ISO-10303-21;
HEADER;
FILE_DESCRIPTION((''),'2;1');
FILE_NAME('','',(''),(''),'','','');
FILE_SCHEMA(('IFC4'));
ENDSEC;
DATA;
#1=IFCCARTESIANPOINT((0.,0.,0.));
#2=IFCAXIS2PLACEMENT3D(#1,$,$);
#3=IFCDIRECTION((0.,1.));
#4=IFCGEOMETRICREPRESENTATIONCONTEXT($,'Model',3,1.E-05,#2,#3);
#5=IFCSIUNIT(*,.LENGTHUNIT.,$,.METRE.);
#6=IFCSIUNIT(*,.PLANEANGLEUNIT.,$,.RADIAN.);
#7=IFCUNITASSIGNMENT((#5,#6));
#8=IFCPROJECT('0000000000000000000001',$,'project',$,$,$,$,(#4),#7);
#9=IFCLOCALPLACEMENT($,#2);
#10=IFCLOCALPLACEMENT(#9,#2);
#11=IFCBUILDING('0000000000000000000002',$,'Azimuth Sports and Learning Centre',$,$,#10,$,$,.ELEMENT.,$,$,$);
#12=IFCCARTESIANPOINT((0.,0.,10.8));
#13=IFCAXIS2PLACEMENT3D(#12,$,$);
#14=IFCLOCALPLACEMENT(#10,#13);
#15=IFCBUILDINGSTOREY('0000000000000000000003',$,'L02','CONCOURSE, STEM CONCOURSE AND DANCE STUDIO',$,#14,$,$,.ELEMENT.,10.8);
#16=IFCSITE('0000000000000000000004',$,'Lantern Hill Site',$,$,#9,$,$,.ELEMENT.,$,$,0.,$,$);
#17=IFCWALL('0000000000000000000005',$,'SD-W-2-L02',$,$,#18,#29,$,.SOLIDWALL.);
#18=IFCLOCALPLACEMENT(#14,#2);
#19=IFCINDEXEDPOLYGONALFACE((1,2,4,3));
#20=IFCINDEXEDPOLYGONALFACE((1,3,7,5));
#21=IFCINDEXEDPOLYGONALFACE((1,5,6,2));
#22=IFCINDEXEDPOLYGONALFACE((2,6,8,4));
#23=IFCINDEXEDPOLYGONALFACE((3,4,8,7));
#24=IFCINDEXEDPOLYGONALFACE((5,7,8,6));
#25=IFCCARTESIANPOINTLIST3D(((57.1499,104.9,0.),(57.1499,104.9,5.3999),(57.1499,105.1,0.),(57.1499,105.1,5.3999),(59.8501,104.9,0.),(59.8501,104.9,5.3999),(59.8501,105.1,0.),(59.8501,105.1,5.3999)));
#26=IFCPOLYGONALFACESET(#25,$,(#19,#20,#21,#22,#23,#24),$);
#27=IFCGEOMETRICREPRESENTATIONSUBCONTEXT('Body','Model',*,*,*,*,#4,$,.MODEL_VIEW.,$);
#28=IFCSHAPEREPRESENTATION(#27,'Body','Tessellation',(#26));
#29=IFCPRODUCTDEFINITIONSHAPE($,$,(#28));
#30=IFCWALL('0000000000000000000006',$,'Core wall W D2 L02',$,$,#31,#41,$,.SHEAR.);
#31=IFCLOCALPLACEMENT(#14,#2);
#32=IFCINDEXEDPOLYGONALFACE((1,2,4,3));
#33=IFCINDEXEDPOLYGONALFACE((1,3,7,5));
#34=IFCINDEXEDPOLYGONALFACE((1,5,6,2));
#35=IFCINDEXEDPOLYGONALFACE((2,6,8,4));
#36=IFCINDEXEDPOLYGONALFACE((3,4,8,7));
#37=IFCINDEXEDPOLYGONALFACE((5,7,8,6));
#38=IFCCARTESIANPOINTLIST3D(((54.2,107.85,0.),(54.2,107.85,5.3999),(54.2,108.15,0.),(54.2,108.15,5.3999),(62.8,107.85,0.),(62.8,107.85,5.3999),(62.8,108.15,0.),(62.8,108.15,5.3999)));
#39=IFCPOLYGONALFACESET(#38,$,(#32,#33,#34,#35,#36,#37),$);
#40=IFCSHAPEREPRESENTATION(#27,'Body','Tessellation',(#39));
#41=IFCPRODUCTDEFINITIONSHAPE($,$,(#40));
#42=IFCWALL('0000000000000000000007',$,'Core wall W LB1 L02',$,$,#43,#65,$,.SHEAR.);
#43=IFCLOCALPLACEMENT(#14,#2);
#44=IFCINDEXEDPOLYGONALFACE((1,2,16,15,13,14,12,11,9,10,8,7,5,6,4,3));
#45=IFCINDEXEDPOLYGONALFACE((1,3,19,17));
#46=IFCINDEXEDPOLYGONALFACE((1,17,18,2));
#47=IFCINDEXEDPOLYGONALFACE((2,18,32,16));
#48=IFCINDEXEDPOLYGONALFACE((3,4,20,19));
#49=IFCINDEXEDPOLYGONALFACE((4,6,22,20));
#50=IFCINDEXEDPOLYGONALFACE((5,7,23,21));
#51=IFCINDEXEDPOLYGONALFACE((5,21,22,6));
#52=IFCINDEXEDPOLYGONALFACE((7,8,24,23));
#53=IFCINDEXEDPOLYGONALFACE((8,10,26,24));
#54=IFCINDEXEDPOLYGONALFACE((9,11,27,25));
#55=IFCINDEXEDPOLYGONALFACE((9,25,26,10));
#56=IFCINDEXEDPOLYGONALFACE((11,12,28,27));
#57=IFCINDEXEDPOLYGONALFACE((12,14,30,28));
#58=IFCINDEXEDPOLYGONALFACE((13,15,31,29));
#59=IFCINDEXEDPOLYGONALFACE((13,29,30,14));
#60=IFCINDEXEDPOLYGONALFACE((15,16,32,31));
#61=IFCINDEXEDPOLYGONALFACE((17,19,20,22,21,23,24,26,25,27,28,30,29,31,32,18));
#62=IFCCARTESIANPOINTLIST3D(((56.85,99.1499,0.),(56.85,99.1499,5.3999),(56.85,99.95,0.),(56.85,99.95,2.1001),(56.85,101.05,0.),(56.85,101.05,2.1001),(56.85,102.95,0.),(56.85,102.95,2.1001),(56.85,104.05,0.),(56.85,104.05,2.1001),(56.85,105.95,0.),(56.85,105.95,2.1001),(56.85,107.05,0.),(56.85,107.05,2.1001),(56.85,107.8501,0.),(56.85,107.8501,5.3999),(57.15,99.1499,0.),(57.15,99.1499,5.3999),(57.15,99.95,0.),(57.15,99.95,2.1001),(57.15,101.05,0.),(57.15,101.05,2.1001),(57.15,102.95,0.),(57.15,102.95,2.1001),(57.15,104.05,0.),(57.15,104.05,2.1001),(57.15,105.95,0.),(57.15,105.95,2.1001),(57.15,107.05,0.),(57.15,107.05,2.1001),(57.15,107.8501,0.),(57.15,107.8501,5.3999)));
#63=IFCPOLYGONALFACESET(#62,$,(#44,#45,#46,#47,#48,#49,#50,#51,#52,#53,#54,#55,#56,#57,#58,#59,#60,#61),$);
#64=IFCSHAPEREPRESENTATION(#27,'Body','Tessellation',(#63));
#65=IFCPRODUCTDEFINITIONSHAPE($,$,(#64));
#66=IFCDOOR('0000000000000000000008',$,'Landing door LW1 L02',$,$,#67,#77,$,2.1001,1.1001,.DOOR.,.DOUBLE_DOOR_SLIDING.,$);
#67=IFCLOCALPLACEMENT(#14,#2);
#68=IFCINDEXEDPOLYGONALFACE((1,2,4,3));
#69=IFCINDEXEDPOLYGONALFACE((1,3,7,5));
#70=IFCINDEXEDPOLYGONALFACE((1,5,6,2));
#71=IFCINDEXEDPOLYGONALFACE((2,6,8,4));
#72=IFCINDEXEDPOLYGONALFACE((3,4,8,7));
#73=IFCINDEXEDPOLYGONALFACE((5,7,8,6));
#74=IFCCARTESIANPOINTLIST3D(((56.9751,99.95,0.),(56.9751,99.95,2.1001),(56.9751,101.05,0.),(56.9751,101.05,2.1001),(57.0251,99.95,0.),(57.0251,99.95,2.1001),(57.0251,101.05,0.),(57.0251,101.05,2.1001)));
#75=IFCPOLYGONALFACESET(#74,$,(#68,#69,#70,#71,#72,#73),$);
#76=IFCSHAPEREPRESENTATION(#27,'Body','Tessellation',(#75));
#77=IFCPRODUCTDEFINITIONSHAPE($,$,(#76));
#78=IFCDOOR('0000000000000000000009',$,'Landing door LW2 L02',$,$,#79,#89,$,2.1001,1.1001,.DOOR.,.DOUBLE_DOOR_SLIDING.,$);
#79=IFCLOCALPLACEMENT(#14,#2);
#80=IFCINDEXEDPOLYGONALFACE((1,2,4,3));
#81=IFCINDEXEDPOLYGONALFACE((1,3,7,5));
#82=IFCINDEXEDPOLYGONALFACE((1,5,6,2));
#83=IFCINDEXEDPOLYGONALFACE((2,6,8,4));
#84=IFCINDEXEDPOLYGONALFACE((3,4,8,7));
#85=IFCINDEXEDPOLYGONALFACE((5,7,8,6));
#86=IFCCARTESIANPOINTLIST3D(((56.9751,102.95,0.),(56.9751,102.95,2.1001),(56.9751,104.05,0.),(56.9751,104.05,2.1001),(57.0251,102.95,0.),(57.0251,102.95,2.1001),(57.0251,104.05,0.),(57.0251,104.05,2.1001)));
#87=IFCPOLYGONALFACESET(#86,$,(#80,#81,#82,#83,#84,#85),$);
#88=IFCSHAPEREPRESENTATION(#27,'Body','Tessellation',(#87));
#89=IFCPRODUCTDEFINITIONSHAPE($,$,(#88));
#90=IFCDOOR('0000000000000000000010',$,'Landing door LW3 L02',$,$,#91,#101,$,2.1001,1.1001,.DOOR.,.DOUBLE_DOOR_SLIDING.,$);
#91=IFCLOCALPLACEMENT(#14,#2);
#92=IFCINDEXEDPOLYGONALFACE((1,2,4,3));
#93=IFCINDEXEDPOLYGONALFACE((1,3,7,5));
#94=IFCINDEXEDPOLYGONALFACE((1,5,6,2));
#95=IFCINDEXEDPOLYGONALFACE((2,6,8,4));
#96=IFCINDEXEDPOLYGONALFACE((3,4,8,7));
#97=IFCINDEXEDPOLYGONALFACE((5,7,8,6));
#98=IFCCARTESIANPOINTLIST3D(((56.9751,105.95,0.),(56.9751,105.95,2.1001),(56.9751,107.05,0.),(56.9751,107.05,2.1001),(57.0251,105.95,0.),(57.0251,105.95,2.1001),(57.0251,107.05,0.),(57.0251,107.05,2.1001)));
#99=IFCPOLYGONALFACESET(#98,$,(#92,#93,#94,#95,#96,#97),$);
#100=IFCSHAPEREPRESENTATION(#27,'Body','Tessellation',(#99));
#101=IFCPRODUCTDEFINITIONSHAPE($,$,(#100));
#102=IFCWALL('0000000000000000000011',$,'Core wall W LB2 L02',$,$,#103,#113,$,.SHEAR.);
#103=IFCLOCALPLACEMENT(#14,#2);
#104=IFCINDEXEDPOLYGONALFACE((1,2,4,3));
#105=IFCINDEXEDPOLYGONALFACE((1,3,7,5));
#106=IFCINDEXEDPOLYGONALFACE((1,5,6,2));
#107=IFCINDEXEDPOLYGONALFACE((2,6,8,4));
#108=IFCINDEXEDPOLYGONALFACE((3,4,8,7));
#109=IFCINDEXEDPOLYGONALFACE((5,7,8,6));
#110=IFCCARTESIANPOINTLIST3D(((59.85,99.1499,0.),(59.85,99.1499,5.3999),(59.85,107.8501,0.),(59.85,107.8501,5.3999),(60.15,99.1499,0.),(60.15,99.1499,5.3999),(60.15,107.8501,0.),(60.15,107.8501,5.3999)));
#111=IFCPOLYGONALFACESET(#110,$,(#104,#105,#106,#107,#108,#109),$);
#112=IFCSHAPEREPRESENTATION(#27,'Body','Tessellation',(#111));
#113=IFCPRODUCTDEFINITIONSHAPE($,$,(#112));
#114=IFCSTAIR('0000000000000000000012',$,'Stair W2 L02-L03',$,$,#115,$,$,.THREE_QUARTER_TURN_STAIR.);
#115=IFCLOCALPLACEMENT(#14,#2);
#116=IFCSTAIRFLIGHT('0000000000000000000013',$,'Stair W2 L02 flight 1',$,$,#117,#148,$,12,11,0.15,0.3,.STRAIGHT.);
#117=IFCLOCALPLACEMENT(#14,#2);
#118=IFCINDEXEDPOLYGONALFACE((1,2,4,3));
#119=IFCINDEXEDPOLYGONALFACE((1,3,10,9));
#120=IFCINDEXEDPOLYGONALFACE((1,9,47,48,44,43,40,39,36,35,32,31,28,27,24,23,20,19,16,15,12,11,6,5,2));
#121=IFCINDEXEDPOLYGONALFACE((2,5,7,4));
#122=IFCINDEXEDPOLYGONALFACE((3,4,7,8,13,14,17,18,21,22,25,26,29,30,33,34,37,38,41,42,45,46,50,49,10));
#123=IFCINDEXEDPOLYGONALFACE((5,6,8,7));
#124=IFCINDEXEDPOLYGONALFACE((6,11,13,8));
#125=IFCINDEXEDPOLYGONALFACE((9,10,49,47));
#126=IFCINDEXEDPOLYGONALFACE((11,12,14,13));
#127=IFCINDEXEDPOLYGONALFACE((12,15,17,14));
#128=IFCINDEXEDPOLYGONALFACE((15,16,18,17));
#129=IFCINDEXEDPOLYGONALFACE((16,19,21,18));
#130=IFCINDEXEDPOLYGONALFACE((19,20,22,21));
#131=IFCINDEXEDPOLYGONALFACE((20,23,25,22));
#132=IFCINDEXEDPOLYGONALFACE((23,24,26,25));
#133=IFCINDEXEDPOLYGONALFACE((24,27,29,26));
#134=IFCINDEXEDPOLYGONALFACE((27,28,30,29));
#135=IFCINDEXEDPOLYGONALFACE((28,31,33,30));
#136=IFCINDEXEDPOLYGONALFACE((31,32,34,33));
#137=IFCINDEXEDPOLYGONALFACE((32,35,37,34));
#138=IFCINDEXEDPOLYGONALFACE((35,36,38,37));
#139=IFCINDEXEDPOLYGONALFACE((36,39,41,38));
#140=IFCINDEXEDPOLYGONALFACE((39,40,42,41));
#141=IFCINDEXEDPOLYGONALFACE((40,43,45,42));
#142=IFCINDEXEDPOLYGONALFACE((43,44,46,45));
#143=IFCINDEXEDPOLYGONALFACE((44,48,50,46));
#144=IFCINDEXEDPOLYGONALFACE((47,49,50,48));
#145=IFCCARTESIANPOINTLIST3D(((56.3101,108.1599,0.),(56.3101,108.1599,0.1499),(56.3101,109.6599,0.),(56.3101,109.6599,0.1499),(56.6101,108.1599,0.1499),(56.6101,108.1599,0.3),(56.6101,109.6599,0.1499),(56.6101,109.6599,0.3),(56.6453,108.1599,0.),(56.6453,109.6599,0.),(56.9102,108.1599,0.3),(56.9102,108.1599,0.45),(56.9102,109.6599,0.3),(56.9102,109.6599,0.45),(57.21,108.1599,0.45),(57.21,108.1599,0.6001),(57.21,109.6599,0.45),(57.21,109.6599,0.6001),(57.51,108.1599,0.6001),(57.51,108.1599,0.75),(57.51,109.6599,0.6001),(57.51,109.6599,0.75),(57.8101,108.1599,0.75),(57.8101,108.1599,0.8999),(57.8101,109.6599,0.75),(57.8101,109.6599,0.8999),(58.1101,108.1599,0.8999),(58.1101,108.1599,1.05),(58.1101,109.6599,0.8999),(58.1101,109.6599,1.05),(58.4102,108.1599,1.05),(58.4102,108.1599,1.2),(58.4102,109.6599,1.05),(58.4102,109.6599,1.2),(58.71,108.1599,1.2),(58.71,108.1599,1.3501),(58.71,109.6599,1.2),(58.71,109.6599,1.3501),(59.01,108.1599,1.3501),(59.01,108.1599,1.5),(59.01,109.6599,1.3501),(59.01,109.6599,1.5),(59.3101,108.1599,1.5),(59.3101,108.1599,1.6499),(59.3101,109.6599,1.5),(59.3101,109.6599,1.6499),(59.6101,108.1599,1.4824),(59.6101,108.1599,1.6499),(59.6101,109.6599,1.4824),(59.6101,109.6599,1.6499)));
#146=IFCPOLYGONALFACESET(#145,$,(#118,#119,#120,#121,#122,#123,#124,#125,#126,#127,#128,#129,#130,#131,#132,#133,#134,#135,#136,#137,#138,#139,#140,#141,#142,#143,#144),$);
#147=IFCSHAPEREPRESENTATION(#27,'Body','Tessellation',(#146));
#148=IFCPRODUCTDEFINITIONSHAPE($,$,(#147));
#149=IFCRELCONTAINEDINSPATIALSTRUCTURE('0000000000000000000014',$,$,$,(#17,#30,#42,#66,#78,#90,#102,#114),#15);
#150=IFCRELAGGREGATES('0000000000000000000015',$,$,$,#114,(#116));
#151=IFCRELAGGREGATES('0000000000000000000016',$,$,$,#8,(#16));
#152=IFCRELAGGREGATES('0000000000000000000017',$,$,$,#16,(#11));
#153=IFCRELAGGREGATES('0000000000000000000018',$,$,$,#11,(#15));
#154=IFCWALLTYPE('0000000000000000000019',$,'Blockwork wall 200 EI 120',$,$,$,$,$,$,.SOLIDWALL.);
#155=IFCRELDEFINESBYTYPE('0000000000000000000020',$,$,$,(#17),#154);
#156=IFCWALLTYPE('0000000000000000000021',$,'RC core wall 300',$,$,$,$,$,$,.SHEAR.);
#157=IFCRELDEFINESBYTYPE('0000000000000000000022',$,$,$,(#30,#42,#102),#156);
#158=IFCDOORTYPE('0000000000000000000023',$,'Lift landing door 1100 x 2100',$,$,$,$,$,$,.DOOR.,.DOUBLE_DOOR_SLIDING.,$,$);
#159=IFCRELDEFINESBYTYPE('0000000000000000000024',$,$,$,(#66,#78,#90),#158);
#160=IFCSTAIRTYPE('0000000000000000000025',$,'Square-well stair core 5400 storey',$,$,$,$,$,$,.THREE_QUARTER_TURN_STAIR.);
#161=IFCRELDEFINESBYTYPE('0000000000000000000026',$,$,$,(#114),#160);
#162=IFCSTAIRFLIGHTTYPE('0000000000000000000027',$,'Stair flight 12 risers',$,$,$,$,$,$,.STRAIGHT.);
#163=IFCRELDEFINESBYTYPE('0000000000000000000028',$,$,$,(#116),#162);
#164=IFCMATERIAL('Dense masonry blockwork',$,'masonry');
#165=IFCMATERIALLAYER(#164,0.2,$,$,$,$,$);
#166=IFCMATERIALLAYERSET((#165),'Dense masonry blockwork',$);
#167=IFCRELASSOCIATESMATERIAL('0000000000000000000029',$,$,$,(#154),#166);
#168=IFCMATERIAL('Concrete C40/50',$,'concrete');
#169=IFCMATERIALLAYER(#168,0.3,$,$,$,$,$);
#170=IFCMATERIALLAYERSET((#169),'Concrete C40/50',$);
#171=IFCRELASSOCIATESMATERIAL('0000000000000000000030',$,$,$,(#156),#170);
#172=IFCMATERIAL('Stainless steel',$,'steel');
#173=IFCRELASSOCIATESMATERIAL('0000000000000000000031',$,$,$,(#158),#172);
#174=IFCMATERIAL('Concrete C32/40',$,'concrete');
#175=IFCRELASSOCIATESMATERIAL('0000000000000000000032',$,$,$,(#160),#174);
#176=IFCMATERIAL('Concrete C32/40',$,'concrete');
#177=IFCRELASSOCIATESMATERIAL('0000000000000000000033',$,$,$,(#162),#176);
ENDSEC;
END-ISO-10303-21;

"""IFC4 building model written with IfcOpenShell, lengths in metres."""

from ifc_helpers import new_model, si_unit, direction, frame, frame_2d, origin, place, context, subcontext, project, spatial, polyline, rectangle, outline, extrude, material, layer, layer_set, type_object, element, fill, aggregate, save


model = new_model("IFC4")

# Units and contexts
model_context = context("Model", 3, precision=1e-05, world=origin(), true_north=direction((0.0, 1.0)))
body_context = subcontext(model_context, "Body", "Model", "MODEL_VIEW")
ifc_project = project(units=[si_unit("LENGTHUNIT", "METRE"), si_unit("PLANEANGLEUNIT", "RADIAN")], contexts=[model_context])

# Site, building, storey
site_placement = place(None, origin())
site = spatial("IfcSite", under=ifc_project, at=site_placement, Name="Lantern Hill Site", CompositionType="ELEMENT", RefElevation=0.0)
building_placement = place(site_placement, origin())
building = spatial("IfcBuilding", under=site, at=building_placement, Name="Azimuth Sports and Learning Centre", CompositionType="ELEMENT")
storey_placement = place(building_placement, frame((0.0, 0.0, 10.8)))
storey = spatial("IfcBuildingStorey", under=building, at=storey_placement, Name="L02", Description="CONCOURSE, STEM CONCOURSE AND DANCE STUDIO", CompositionType="ELEMENT", Elevation=10.8)

# Walls
ifc_material_1 = material(Name="Dense masonry blockwork", Category="masonry")
ifc_layer_1 = layer(ifc_material_1, 0.2)
ifc_layer_set_1 = layer_set([ifc_layer_1], Name="Dense masonry blockwork")
wall_type_1 = type_object("IfcWallType", Name="Blockwork wall 200 EI 120", PredefinedType="SOLIDWALL", material=ifc_layer_set_1)
for number, where, z_axis, x_axis, name in (
    (1, (57.1499, 105.0, 0.0), (0.0, 0.0, 1.0), (1.0, 0.0, 0.0), "SD-W-2-L02"),
):
    element("IfcWall", number, at=place(storey_placement, frame(where, z_axis=z_axis, x_axis=x_axis)), inside=storey, type_object=wall_type_1, Name=name, PredefinedType="SOLIDWALL", context=body_context, shape_type="SweptSolid", body=[
        extrude(rectangle(XDim=2.7002, YDim=0.2, at=frame_2d((1.3501, 0.0))), origin(), (0.0, 0.0, 1.0), 5.3999),
    ])
ifc_material_2 = material(Name="Concrete C40/50", Category="concrete")
ifc_layer_2 = layer(ifc_material_2, 0.3)
ifc_layer_set_2 = layer_set([ifc_layer_2], Name="Concrete C40/50")
wall_type_2 = type_object("IfcWallType", Name="RC core wall 300", PredefinedType="SHEAR", material=ifc_layer_set_2)
wall_1_placement = place(storey_placement, frame((54.2, 108.0, 0.0), z_axis=(0.0, 0.0, 1.0), x_axis=(1.0, 0.0, 0.0)))
element("IfcWall", 2, at=wall_1_placement, inside=storey, type_object=wall_type_2, Name="Core wall W D2 L02", PredefinedType="SHEAR", context=body_context, shape_type="SweptSolid", body=[
    extrude(rectangle(XDim=8.6001, YDim=0.3, at=frame_2d((4.3, 0.0))), origin(), (0.0, 0.0, 1.0), 5.3999),
])

# Wall, openings, doors
wall_2_placement = place(storey_placement, frame((57.0, 99.1499, 0.0), z_axis=(0.0, 0.0, 1.0), x_axis=(0.0, 1.0, 0.0)))
wall_2 = element("IfcWall", 3, at=wall_2_placement, inside=storey, type_object=wall_type_2, Name="Core wall W LB1 L02", PredefinedType="SHEAR", context=body_context, shape_type="SweptSolid", body=[
    extrude(rectangle(XDim=8.7002, YDim=0.3, at=frame_2d((4.3501, 0.0))), origin(), (0.0, 0.0, 1.0), 5.3999),
])
opening_1_placement = place(wall_2_placement, frame((0.8, 0.0, 0.0)))
opening_1 = element("IfcOpeningElement", 4, at=opening_1_placement, cuts=wall_2, PredefinedType="OPENING", context=body_context, shape_type="SweptSolid", body=[
    extrude(rectangle(XDim=1.1001, YDim=2.1001, at=frame_2d((0.55, 1.05))), frame((0.0, 0.1611, 0.0), z_axis=(0.0, -1.0, 0.0), x_axis=(1.0, 0.0, 0.0)), (0.0, 0.0, 1.0), 0.322),
])
opening_2_placement = place(wall_2_placement, frame((3.8, 0.0, 0.0)))
opening_2 = element("IfcOpeningElement", 5, at=opening_2_placement, cuts=wall_2, PredefinedType="OPENING", context=body_context, shape_type="SweptSolid", body=[
    extrude(rectangle(XDim=1.1001, YDim=2.1001, at=frame_2d((0.55, 1.05))), frame((0.0, 0.1611, 0.0), z_axis=(0.0, -1.0, 0.0), x_axis=(1.0, 0.0, 0.0)), (0.0, 0.0, 1.0), 0.322),
])
opening_3_placement = place(wall_2_placement, frame((6.8, 0.0, 0.0)))
opening_3 = element("IfcOpeningElement", 6, at=opening_3_placement, cuts=wall_2, PredefinedType="OPENING", context=body_context, shape_type="SweptSolid", body=[
    extrude(rectangle(XDim=1.1001, YDim=2.1001, at=frame_2d((0.55, 1.05))), frame((0.0, 0.1611, 0.0), z_axis=(0.0, -1.0, 0.0), x_axis=(1.0, 0.0, 0.0)), (0.0, 0.0, 1.0), 0.322),
])
ifc_material_3 = material(Name="Stainless steel", Category="steel")
door_type = type_object("IfcDoorType", Name="Lift landing door 1100 x 2100", OperationType="DOUBLE_DOOR_SLIDING", PredefinedType="DOOR", material=ifc_material_3)
door_1_placement = place(opening_1_placement, origin())
door_1 = element("IfcDoor", 7, at=door_1_placement, inside=storey, type_object=door_type, Name="Landing door LW1 L02", OperationType="DOUBLE_DOOR_SLIDING", OverallHeight=2.1001, OverallWidth=1.1001, PredefinedType="DOOR", context=body_context, shape_type="SweptSolid", body=[
    extrude(rectangle(XDim=1.1001, YDim=2.1001, at=frame_2d((0.55, 1.05))), frame((0.0, 0.0249, 0.0), z_axis=(0.0, -1.0, 0.0), x_axis=(1.0, 0.0, 0.0)), (0.0, 0.0, 1.0), 0.05),
])
fill(opening_1, door_1)
door_2_placement = place(opening_2_placement, origin())
door_2 = element("IfcDoor", 8, at=door_2_placement, inside=storey, type_object=door_type, Name="Landing door LW2 L02", OperationType="DOUBLE_DOOR_SLIDING", OverallHeight=2.1001, OverallWidth=1.1001, PredefinedType="DOOR", context=body_context, shape_type="SweptSolid", body=[
    extrude(rectangle(XDim=1.1001, YDim=2.1001, at=frame_2d((0.55, 1.05))), frame((0.0, 0.0249, 0.0), z_axis=(0.0, -1.0, 0.0), x_axis=(1.0, 0.0, 0.0)), (0.0, 0.0, 1.0), 0.05),
])
fill(opening_2, door_2)
door_3_placement = place(opening_3_placement, origin())
door_3 = element("IfcDoor", 9, at=door_3_placement, inside=storey, type_object=door_type, Name="Landing door LW3 L02", OperationType="DOUBLE_DOOR_SLIDING", OverallHeight=2.1001, OverallWidth=1.1001, PredefinedType="DOOR", context=body_context, shape_type="SweptSolid", body=[
    extrude(rectangle(XDim=1.1001, YDim=2.1001, at=frame_2d((0.55, 1.05))), frame((0.0, 0.0249, 0.0), z_axis=(0.0, -1.0, 0.0), x_axis=(1.0, 0.0, 0.0)), (0.0, 0.0, 1.0), 0.05),
])
fill(opening_3, door_3)

# Wall
wall_3_placement = place(storey_placement, frame((60.0, 99.1499, 0.0), z_axis=(0.0, 0.0, 1.0), x_axis=(0.0, 1.0, 0.0)))
element("IfcWall", 10, at=wall_3_placement, inside=storey, type_object=wall_type_2, Name="Core wall W LB2 L02", PredefinedType="SHEAR", context=body_context, shape_type="SweptSolid", body=[
    extrude(rectangle(XDim=8.7002, YDim=0.3, at=frame_2d((4.3501, 0.0))), origin(), (0.0, 0.0, 1.0), 5.3999),
])

# Stair, stair flight
ifc_material_4 = material(Name="Concrete C32/40", Category="concrete")
stair_type = type_object("IfcStairType", Name="Square-well stair core 5400 storey", PredefinedType="THREE_QUARTER_TURN_STAIR", material=ifc_material_4)
stair_placement = place(storey_placement, origin())
stair = element("IfcStair", 11, at=stair_placement, inside=storey, type_object=stair_type, Name="Stair W2 L02-L03", PredefinedType="THREE_QUARTER_TURN_STAIR")
ifc_material_5 = material(Name="Concrete C32/40", Category="concrete")
stair_flight_type = type_object("IfcStairFlightType", Name="Stair flight 12 risers", PredefinedType="STRAIGHT", material=ifc_material_5)
stair_flight_1_placement = place(storey_placement, frame((56.3101, 108.9099, 0.0), z_axis=(0.0, 0.0, 1.0), x_axis=(1.0, 0.0, 0.0)))
stair_flight_1 = element("IfcStairFlight", 12, at=stair_flight_1_placement, type_object=stair_flight_type, Name="Stair W2 L02 flight 1", NumberOfRisers=12, NumberOfTreads=11, PredefinedType="STRAIGHT", RiserHeight=0.15, TreadLength=0.3, context=body_context, shape_type="SweptSolid", body=[
    extrude(outline(polyline([(0.0, 0.0), (0.0, 0.1499), (0.3, 0.1499), (0.3, 0.3), (0.6001, 0.3), (0.6001, 0.45), (0.8999, 0.45), (0.8999, 0.6001), (1.2, 0.6001), (1.2, 0.75), (1.5, 0.75), (1.5, 0.8999), (1.8, 0.8999), (1.8, 1.05), (2.1001, 1.05), (2.1001, 1.2), (2.3999, 1.2), (2.3999, 1.3501), (2.7, 1.3501), (2.7, 1.5), (3.0, 1.5), (3.0, 1.6499), (3.3, 1.6499), (3.3, 1.8), (3.3, 1.4824), (0.3352, 0.0), (0.0, 0.0)])), frame((0.0, 0.75, 0.0), z_axis=(0.0, -1.0, 0.0), x_axis=(1.0, 0.0, 0.0)), (0.0, 0.0, 1.0), 1.5),
])
aggregate(stair, [stair_flight_1])

save(model, "model.ifc")
